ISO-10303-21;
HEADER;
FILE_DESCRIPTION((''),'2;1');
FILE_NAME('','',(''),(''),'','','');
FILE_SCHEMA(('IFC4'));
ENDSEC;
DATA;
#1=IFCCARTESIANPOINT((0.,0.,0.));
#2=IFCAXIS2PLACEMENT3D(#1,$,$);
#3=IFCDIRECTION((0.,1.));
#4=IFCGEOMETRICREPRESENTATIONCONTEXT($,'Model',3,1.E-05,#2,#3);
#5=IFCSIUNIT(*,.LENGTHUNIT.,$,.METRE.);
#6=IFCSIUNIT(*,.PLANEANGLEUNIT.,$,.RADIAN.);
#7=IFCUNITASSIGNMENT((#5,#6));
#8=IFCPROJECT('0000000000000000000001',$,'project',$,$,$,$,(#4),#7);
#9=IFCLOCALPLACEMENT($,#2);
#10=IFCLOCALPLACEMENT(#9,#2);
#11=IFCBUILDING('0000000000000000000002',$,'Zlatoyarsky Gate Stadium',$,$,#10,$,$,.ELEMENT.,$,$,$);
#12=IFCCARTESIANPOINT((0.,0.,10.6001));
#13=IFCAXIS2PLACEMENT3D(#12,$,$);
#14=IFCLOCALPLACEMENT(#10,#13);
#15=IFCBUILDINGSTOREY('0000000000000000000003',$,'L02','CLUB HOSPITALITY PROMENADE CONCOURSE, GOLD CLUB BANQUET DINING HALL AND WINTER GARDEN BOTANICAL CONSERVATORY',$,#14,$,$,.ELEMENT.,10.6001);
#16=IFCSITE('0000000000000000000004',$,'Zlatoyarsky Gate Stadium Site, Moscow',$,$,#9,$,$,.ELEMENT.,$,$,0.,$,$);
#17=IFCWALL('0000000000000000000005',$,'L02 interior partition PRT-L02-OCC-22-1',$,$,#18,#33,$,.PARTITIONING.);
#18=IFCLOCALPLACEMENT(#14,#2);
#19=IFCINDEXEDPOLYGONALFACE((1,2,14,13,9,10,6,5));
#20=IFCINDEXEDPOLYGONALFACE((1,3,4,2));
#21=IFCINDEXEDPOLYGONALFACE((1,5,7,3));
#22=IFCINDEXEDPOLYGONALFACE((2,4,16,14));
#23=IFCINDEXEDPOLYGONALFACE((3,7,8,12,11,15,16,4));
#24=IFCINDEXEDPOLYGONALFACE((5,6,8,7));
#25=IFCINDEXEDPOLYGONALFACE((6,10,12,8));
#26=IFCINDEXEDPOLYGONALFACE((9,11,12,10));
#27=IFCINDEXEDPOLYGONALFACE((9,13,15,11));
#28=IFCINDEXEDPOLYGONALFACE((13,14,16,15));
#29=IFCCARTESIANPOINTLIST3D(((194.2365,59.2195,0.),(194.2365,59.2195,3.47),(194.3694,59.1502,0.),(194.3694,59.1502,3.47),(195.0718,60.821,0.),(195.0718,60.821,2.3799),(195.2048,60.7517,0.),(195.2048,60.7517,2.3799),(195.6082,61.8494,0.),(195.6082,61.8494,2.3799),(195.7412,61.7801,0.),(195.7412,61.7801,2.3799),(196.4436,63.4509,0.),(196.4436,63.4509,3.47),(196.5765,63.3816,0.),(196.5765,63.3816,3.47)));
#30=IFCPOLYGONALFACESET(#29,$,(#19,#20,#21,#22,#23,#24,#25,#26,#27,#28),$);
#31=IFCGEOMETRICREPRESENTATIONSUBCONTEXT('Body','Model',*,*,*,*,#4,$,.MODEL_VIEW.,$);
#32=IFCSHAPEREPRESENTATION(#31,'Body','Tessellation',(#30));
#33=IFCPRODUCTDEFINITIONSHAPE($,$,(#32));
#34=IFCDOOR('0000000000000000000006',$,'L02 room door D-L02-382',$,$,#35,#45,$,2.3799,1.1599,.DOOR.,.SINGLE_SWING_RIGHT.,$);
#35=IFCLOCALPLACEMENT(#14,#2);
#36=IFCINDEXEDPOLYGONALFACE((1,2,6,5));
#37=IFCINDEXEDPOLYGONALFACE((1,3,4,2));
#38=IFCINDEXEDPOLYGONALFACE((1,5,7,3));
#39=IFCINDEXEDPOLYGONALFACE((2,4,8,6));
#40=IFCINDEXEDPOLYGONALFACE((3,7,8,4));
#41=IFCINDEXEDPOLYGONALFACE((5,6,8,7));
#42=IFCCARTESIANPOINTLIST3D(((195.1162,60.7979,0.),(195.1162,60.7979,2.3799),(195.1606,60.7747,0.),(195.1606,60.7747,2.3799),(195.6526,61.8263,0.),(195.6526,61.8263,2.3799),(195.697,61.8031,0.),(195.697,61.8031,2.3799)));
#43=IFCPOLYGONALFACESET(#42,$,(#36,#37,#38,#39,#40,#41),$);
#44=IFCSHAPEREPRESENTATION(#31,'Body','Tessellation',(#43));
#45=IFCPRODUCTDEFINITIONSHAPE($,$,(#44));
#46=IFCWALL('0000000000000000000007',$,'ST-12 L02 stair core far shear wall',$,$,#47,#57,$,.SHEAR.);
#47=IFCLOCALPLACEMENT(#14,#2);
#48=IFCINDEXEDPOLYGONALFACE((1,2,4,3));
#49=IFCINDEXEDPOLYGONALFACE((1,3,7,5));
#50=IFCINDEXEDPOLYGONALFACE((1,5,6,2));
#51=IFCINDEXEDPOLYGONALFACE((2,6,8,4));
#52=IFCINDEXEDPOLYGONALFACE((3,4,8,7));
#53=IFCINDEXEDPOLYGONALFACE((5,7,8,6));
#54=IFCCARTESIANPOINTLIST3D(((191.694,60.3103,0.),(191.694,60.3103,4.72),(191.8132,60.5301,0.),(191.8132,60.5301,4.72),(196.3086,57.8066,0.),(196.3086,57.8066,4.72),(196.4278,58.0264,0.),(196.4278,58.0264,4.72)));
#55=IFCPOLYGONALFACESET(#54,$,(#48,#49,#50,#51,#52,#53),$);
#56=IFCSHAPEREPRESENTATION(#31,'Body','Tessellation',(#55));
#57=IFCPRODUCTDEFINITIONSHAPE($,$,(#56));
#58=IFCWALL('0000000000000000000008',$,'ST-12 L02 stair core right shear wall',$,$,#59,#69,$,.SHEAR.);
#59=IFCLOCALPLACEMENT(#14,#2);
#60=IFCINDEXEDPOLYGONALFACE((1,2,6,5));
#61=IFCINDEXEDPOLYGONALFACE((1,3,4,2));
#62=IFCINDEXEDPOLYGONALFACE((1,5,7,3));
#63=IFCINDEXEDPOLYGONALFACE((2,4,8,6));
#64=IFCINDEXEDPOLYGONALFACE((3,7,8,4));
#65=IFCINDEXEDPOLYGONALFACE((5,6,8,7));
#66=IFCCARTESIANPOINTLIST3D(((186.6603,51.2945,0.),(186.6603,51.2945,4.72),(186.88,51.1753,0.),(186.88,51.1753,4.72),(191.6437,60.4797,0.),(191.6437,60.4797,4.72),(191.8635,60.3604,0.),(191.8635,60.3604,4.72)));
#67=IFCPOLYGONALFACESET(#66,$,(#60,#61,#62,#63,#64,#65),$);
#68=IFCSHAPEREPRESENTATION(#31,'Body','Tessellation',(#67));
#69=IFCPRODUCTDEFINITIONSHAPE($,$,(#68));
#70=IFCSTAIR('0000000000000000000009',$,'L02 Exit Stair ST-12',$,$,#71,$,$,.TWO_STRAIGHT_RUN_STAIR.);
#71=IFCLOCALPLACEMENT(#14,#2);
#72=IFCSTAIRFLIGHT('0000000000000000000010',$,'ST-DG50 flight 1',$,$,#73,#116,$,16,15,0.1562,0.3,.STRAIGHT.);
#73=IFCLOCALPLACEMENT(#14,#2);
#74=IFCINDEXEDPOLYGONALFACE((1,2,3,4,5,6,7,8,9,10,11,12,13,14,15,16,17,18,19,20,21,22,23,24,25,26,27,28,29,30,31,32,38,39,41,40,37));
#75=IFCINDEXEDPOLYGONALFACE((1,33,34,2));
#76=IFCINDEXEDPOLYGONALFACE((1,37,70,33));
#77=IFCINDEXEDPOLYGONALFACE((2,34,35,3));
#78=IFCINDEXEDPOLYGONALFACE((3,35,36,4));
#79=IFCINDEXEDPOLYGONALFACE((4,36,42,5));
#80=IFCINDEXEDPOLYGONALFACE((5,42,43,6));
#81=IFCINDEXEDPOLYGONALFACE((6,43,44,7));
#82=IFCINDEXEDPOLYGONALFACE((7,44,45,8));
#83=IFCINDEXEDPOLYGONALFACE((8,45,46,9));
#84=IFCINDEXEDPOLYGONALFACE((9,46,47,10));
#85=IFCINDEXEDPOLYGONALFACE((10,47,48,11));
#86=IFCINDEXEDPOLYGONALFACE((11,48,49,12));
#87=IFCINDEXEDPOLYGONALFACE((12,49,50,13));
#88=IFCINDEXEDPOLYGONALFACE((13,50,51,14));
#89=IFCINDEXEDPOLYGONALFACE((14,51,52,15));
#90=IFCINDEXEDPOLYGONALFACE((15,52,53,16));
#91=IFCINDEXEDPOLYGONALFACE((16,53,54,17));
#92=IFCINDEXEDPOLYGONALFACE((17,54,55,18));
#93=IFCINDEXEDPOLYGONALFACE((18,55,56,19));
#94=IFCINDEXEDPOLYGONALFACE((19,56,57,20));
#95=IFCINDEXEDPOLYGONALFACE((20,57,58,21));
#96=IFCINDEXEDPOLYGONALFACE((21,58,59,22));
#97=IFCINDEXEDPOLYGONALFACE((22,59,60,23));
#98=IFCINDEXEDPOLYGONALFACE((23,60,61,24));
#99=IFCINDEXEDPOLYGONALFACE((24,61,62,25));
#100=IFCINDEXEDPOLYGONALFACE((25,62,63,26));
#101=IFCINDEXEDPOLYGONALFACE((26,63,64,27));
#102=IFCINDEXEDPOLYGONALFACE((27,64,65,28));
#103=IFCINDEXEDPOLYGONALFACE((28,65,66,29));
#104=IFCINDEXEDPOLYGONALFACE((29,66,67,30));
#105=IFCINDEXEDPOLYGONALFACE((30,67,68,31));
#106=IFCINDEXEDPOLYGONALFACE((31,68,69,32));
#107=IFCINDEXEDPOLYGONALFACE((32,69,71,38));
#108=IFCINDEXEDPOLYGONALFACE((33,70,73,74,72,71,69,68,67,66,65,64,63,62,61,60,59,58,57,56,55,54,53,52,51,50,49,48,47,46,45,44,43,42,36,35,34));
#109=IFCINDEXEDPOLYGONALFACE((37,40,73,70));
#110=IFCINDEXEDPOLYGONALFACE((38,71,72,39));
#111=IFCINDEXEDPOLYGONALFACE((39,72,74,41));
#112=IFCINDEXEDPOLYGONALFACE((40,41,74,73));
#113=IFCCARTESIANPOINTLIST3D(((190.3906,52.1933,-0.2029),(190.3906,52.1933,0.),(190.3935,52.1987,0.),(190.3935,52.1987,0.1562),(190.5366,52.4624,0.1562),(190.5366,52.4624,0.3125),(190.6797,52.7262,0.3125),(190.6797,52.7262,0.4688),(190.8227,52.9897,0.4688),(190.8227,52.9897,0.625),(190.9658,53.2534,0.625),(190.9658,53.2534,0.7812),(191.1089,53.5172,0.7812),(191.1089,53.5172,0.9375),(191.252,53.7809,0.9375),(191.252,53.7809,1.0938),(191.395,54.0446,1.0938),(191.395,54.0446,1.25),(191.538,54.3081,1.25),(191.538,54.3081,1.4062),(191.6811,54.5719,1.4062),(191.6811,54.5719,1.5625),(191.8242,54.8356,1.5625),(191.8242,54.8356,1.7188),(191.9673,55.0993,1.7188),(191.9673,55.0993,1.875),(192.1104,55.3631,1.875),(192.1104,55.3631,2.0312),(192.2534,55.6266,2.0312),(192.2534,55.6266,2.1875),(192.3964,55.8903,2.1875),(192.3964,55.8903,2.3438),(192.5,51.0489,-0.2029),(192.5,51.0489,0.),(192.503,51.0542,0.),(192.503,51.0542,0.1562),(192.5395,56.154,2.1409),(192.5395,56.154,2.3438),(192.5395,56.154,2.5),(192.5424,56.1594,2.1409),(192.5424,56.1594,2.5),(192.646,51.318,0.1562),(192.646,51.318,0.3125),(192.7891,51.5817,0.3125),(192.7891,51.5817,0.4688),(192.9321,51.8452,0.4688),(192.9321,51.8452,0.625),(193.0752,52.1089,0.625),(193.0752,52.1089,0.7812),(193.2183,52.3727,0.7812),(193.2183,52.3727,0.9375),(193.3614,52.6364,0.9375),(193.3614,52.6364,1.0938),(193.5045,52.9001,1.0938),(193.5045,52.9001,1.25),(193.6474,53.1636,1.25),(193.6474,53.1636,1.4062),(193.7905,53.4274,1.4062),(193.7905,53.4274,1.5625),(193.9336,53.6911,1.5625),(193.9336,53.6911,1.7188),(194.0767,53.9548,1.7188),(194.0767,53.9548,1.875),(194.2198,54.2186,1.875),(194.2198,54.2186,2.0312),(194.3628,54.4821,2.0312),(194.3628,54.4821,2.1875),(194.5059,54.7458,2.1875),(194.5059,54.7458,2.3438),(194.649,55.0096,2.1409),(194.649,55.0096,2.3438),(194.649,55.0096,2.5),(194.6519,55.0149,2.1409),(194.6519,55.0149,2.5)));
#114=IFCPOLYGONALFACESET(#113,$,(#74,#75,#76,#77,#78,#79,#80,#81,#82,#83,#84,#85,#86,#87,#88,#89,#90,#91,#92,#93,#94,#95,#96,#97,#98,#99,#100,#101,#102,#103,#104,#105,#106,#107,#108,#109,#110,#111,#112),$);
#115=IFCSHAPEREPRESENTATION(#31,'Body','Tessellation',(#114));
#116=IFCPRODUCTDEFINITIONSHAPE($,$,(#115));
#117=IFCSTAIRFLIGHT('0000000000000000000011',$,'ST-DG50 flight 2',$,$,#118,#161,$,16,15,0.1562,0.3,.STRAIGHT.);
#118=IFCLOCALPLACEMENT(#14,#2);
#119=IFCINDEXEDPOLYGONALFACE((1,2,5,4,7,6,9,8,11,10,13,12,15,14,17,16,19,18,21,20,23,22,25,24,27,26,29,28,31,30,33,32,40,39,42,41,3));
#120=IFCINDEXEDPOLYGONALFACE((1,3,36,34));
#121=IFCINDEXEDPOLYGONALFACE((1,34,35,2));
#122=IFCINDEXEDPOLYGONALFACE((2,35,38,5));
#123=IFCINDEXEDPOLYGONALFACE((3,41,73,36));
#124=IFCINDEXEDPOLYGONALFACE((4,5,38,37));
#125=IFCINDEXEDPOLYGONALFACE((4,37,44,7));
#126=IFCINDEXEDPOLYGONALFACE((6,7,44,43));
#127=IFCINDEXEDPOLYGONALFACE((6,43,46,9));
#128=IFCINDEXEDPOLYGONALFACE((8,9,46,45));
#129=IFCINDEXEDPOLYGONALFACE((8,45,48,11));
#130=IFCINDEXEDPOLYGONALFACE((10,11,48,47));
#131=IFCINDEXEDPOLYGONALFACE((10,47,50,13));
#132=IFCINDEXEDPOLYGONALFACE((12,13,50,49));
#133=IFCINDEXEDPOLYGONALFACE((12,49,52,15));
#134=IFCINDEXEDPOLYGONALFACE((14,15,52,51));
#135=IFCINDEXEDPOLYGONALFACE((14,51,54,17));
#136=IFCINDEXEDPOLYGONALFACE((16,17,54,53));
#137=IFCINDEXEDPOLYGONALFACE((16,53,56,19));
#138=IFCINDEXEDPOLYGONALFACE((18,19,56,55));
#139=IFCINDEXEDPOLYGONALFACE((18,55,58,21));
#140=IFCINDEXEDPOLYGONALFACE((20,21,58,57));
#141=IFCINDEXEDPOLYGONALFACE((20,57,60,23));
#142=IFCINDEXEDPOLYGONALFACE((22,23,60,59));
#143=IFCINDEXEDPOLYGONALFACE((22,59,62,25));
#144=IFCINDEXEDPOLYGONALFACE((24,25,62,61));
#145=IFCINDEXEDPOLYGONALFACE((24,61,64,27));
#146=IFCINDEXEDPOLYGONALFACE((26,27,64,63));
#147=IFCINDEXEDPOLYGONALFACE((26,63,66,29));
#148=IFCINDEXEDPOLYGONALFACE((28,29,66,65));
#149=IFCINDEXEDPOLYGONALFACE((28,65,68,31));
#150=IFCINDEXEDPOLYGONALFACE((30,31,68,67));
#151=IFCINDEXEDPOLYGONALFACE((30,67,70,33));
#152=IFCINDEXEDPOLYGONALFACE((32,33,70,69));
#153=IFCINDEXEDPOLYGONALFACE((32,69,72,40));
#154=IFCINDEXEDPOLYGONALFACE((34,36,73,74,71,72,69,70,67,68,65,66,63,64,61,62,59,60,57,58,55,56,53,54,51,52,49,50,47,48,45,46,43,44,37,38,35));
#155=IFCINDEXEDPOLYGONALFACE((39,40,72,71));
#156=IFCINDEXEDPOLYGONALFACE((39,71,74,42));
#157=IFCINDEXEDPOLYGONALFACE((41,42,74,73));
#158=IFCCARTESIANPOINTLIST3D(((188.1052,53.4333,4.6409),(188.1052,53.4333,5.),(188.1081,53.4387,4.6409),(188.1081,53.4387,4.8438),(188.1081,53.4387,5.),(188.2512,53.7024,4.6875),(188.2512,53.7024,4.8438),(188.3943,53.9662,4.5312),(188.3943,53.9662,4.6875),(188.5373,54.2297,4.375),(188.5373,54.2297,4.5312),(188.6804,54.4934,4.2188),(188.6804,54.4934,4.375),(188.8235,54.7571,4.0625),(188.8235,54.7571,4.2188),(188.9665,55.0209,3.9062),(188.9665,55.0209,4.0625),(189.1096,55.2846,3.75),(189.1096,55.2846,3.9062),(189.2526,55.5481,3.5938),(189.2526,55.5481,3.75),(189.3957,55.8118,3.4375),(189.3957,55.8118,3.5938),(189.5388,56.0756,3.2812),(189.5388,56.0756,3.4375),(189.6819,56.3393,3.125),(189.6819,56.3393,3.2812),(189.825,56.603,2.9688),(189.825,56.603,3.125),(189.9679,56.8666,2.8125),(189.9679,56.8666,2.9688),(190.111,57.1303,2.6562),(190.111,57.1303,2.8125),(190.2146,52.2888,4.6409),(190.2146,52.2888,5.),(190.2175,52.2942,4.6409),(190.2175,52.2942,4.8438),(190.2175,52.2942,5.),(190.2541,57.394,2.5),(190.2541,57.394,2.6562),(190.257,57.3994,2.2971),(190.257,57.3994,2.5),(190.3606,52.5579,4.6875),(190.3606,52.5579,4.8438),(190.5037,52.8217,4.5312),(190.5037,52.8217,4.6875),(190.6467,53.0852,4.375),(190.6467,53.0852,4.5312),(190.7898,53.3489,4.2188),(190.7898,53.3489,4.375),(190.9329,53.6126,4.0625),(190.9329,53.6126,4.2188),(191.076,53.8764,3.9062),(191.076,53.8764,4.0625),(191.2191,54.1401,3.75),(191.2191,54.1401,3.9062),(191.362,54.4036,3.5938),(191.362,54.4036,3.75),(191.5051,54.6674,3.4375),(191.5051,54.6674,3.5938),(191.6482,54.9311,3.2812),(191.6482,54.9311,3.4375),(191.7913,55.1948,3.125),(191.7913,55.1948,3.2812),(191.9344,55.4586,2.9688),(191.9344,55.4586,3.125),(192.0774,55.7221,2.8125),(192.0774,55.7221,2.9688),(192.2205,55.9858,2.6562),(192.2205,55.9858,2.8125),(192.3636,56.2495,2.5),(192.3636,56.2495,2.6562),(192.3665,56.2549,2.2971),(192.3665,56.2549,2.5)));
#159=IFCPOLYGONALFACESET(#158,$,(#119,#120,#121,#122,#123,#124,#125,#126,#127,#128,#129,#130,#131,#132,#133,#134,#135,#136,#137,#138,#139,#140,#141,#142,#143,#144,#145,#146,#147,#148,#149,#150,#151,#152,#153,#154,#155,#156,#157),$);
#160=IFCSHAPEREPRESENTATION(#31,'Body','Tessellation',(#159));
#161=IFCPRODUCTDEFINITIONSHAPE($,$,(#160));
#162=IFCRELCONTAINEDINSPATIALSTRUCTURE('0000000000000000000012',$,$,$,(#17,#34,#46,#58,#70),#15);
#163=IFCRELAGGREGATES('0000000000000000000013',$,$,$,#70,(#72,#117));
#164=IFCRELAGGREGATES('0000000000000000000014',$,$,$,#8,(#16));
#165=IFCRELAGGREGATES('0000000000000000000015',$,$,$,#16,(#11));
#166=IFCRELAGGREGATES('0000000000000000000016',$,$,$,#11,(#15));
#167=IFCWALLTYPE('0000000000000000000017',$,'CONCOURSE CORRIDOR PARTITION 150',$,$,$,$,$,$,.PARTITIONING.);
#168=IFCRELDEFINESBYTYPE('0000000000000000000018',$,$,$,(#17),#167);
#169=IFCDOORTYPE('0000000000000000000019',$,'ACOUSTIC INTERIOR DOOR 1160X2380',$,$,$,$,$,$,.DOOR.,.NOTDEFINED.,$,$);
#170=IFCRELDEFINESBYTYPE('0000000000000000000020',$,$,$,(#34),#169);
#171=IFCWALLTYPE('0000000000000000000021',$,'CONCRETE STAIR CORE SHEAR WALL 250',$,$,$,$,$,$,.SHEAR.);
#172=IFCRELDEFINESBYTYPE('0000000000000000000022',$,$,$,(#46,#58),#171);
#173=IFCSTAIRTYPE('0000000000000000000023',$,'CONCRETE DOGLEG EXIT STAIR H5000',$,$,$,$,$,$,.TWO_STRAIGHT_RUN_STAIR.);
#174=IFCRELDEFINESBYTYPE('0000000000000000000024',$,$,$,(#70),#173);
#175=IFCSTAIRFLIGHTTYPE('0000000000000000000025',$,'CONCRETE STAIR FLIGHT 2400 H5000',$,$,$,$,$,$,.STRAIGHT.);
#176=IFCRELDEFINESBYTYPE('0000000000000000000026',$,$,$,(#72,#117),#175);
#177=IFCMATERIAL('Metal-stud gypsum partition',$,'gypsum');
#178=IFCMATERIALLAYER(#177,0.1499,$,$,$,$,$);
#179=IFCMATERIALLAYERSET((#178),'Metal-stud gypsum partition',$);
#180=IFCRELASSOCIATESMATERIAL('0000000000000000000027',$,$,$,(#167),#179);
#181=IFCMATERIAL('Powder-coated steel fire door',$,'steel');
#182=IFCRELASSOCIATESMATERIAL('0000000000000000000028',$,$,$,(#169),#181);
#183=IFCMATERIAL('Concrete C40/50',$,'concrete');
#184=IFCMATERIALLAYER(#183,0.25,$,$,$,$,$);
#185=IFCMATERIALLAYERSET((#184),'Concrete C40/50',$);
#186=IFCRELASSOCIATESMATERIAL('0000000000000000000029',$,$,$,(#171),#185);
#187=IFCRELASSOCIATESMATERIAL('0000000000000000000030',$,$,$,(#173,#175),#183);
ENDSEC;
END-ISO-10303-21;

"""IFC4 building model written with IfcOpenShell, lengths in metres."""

from ifc_helpers import new_model, si_unit, direction, frame, frame_2d, origin, place, context, subcontext, project, spatial, polyline, rectangle, outline, extrude, material, layer, layer_set, type_object, element, fill, aggregate, save


model = new_model("IFC4")

# Units and contexts
model_context = context("Model", 3, precision=1e-05, world=origin(), true_north=direction((0.0, 1.0)))
body_context = subcontext(model_context, "Body", "Model", "MODEL_VIEW")
ifc_project = project(units=[si_unit("LENGTHUNIT", "METRE"), si_unit("PLANEANGLEUNIT", "RADIAN")], contexts=[model_context])

# Site, building, storey
site_placement = place(None, origin())
site = spatial("IfcSite", under=ifc_project, at=site_placement, Name="Zlatoyarsky Gate Stadium Site, Moscow", CompositionType="ELEMENT", RefElevation=0.0)
building_placement = place(site_placement, origin())
building = spatial("IfcBuilding", under=site, at=building_placement, Name="Zlatoyarsky Gate Stadium", CompositionType="ELEMENT")
storey_placement = place(building_placement, frame((0.0, 0.0, 10.6001)))
storey = spatial("IfcBuildingStorey", under=building, at=storey_placement, Name="L02", Description="CLUB HOSPITALITY PROMENADE CONCOURSE, GOLD CLUB BANQUET DINING HALL AND WINTER GARDEN BOTANICAL CONSERVATORY", CompositionType="ELEMENT", Elevation=10.6001)

# Wall, opening, door
ifc_material_1 = material(Name="Metal-stud gypsum partition", Category="gypsum")
ifc_layer_1 = layer(ifc_material_1, 0.1499)
ifc_layer_set_1 = layer_set([ifc_layer_1], Name="Metal-stud gypsum partition")
wall_type_1 = type_object("IfcWallType", Name="CONCOURSE CORRIDOR PARTITION 150", PredefinedType="PARTITIONING", material=ifc_layer_set_1)
wall_1_placement = place(storey_placement, frame((194.303, 59.1848, 0.0), z_axis=(0.0, 0.0, 1.0), x_axis=(0.462454, 0.886643, 0.0)))
wall_1 = element("IfcWall", 1, at=wall_1_placement, inside=storey, type_object=wall_type_1, Name="L02 interior partition PRT-L02-OCC-22-1", PredefinedType="PARTITIONING", context=body_context, shape_type="SweptSolid", body=[
    extrude(rectangle(XDim=4.7725, YDim=0.1499, at=frame_2d((2.3862, 0.0))), origin(), (0.0, 0.0, 1.0), 3.47),
])
opening_placement = place(wall_1_placement, frame((1.8062, 0.0, 0.0)))
opening = element("IfcOpeningElement", 2, at=opening_placement, cuts=wall_1, PredefinedType="OPENING", context=body_context, shape_type="SweptSolid", body=[
    extrude(rectangle(XDim=1.1599, YDim=2.3799, at=frame_2d((0.5801, 1.1899))), frame((0.0, 0.085, 0.0), z_axis=(0.0, -1.0, 0.0), x_axis=(1.0, 0.0, 0.0)), (0.0, 0.0, 1.0), 0.1699),
])
ifc_material_2 = material(Name="Powder-coated steel fire door", Category="steel")
door_type = type_object("IfcDoorType", Name="ACOUSTIC INTERIOR DOOR 1160X2380", OperationType="NOTDEFINED", PredefinedType="DOOR", material=ifc_material_2)
door_placement = place(opening_placement, origin())
door = element("IfcDoor", 3, at=door_placement, inside=storey, type_object=door_type, Name="L02 room door D-L02-382", OperationType="SINGLE_SWING_RIGHT", OverallHeight=2.3799, OverallWidth=1.1599, PredefinedType="DOOR", context=body_context, shape_type="SweptSolid", body=[
    extrude(rectangle(XDim=1.1599, YDim=2.3799, at=frame_2d((0.5801, 1.1899))), frame((0.0, 0.0249, 0.0), z_axis=(0.0, -1.0, 0.0), x_axis=(1.0, 0.0, 0.0)), (0.0, 0.0, 1.0), 0.05),
])
fill(opening, door)

# Walls
ifc_material_3 = material(Name="Concrete C40/50", Category="concrete")
ifc_layer_2 = layer(ifc_material_3, 0.25)
ifc_layer_set_2 = layer_set([ifc_layer_2], Name="Concrete C40/50")
wall_type_2 = type_object("IfcWallType", Name="CONCRETE STAIR CORE SHEAR WALL 250", PredefinedType="SHEAR", material=ifc_layer_set_2)
wall_2_placement = place(storey_placement, frame((196.3682, 57.9165, 0.0), z_axis=(0.0, 0.0, 1.0), x_axis=(-0.878961, 0.476893, 0.0)))
element("IfcWall", 4, at=wall_2_placement, inside=storey, type_object=wall_type_2, Name="ST-12 L02 stair core far shear wall", PredefinedType="SHEAR", context=body_context, shape_type="SweptSolid", body=[
    extrude(rectangle(XDim=5.25, YDim=0.25, at=frame_2d((2.625, 0.0))), origin(), (0.0, 0.0, 1.0), 4.72),
])
wall_3_placement = place(storey_placement, frame((191.7537, 60.4202, 0.0), z_axis=(0.0, 0.0, 1.0), x_axis=(-0.476887, -0.878965, 0.0)))
element("IfcWall", 5, at=wall_3_placement, inside=storey, type_object=wall_type_2, Name="ST-12 L02 stair core right shear wall", PredefinedType="SHEAR", context=body_context, shape_type="SweptSolid", body=[
    extrude(rectangle(XDim=10.45, YDim=0.25, at=frame_2d((5.2251, 0.0))), origin(), (0.0, 0.0, 1.0), 4.72),
])

# Stair, stair flights
stair_type = type_object("IfcStairType", Name="CONCRETE DOGLEG EXIT STAIR H5000", PredefinedType="TWO_STRAIGHT_RUN_STAIR", material=ifc_material_3)
stair_placement = place(storey_placement, origin())
stair = element("IfcStair", 6, at=stair_placement, inside=storey, type_object=stair_type, Name="L02 Exit Stair ST-12", PredefinedType="TWO_STRAIGHT_RUN_STAIR")
stair_flight_type = type_object("IfcStairFlightType", Name="CONCRETE STAIR FLIGHT 2400 H5000", PredefinedType="STRAIGHT", material=ifc_material_3)
stair_flight_1_placement = place(storey_placement, frame((191.4482, 51.6265, 0.0), z_axis=(0.0, 0.0, 1.0), x_axis=(0.47689, 0.878963, 0.0)))
stair_flight_1 = element("IfcStairFlight", 7, at=stair_flight_1_placement, type_object=stair_flight_type, Name="ST-DG50 flight 1", NumberOfRisers=16, NumberOfTreads=15, PredefinedType="STRAIGHT", RiserHeight=0.1562, TreadLength=0.3, context=body_context, shape_type="SweptSolid", body=[
    extrude(outline(polyline([(-0.0061, -0.2029), (-0.0061, 0.0), (0.0, 0.0), (0.0, 0.1562), (0.3, 0.1562), (0.3, 0.3125), (0.6001, 0.3125), (0.6001, 0.4688), (0.8999, 0.4688), (0.8999, 0.625), (1.2, 0.625), (1.2, 0.7812), (1.5, 0.7812), (1.5, 0.9375), (1.8, 0.9375), (1.8, 1.0938), (2.1001, 1.0938), (2.1001, 1.25), (2.3999, 1.25), (2.3999, 1.4062), (2.7, 1.4062), (2.7, 1.5625), (3.0, 1.5625), (3.0, 1.7188), (3.3, 1.7188), (3.3, 1.875), (3.6001, 1.875), (3.6001, 2.0312), (3.8999, 2.0312), (3.8999, 2.1875), (4.2, 2.1875), (4.2, 2.3438), (4.5, 2.3438), (4.5, 2.5), (4.5061, 2.5), (4.5061, 2.1409), (4.5, 2.1409), (-0.0061, -0.2029)])), frame((0.0, 1.2, 0.0), z_axis=(0.0, -1.0, 0.0), x_axis=(1.0, 0.0, 0.0)), (0.0, 0.0, 1.0), 2.3999),
])
stair_flight_2_placement = place(storey_placement, frame((191.3088, 56.8218, 2.5), z_axis=(0.0, 0.0, 1.0), x_axis=(-0.47689, -0.878963, 0.0)))
stair_flight_2 = element("IfcStairFlight", 8, at=stair_flight_2_placement, type_object=stair_flight_type, Name="ST-DG50 flight 2", NumberOfRisers=16, NumberOfTreads=15, PredefinedType="STRAIGHT", RiserHeight=0.1562, TreadLength=0.3, context=body_context, shape_type="SweptSolid", body=[
    extrude(outline(polyline([(-0.0061, -0.2029), (-0.0061, 0.0), (0.0, 0.0), (0.0, 0.1562), (0.3, 0.1562), (0.3, 0.3125), (0.6001, 0.3125), (0.6001, 0.4688), (0.8999, 0.4688), (0.8999, 0.625), (1.2, 0.625), (1.2, 0.7812), (1.5, 0.7812), (1.5, 0.9375), (1.8, 0.9375), (1.8, 1.0938), (2.1001, 1.0938), (2.1001, 1.25), (2.3999, 1.25), (2.3999, 1.4062), (2.7, 1.4062), (2.7, 1.5625), (3.0, 1.5625), (3.0, 1.7188), (3.3, 1.7188), (3.3, 1.875), (3.6001, 1.875), (3.6001, 2.0312), (3.8999, 2.0312), (3.8999, 2.1875), (4.2, 2.1875), (4.2, 2.3438), (4.5, 2.3438), (4.5, 2.5), (4.5061, 2.5), (4.5061, 2.1409), (4.5, 2.1409), (-0.0061, -0.2029)])), frame((0.0, 1.2, 0.0), z_axis=(0.0, -1.0, 0.0), x_axis=(1.0, 0.0, 0.0)), (0.0, 0.0, 1.0), 2.3999),
])
aggregate(stair, [stair_flight_1, stair_flight_2])

save(model, "model.ifc")
